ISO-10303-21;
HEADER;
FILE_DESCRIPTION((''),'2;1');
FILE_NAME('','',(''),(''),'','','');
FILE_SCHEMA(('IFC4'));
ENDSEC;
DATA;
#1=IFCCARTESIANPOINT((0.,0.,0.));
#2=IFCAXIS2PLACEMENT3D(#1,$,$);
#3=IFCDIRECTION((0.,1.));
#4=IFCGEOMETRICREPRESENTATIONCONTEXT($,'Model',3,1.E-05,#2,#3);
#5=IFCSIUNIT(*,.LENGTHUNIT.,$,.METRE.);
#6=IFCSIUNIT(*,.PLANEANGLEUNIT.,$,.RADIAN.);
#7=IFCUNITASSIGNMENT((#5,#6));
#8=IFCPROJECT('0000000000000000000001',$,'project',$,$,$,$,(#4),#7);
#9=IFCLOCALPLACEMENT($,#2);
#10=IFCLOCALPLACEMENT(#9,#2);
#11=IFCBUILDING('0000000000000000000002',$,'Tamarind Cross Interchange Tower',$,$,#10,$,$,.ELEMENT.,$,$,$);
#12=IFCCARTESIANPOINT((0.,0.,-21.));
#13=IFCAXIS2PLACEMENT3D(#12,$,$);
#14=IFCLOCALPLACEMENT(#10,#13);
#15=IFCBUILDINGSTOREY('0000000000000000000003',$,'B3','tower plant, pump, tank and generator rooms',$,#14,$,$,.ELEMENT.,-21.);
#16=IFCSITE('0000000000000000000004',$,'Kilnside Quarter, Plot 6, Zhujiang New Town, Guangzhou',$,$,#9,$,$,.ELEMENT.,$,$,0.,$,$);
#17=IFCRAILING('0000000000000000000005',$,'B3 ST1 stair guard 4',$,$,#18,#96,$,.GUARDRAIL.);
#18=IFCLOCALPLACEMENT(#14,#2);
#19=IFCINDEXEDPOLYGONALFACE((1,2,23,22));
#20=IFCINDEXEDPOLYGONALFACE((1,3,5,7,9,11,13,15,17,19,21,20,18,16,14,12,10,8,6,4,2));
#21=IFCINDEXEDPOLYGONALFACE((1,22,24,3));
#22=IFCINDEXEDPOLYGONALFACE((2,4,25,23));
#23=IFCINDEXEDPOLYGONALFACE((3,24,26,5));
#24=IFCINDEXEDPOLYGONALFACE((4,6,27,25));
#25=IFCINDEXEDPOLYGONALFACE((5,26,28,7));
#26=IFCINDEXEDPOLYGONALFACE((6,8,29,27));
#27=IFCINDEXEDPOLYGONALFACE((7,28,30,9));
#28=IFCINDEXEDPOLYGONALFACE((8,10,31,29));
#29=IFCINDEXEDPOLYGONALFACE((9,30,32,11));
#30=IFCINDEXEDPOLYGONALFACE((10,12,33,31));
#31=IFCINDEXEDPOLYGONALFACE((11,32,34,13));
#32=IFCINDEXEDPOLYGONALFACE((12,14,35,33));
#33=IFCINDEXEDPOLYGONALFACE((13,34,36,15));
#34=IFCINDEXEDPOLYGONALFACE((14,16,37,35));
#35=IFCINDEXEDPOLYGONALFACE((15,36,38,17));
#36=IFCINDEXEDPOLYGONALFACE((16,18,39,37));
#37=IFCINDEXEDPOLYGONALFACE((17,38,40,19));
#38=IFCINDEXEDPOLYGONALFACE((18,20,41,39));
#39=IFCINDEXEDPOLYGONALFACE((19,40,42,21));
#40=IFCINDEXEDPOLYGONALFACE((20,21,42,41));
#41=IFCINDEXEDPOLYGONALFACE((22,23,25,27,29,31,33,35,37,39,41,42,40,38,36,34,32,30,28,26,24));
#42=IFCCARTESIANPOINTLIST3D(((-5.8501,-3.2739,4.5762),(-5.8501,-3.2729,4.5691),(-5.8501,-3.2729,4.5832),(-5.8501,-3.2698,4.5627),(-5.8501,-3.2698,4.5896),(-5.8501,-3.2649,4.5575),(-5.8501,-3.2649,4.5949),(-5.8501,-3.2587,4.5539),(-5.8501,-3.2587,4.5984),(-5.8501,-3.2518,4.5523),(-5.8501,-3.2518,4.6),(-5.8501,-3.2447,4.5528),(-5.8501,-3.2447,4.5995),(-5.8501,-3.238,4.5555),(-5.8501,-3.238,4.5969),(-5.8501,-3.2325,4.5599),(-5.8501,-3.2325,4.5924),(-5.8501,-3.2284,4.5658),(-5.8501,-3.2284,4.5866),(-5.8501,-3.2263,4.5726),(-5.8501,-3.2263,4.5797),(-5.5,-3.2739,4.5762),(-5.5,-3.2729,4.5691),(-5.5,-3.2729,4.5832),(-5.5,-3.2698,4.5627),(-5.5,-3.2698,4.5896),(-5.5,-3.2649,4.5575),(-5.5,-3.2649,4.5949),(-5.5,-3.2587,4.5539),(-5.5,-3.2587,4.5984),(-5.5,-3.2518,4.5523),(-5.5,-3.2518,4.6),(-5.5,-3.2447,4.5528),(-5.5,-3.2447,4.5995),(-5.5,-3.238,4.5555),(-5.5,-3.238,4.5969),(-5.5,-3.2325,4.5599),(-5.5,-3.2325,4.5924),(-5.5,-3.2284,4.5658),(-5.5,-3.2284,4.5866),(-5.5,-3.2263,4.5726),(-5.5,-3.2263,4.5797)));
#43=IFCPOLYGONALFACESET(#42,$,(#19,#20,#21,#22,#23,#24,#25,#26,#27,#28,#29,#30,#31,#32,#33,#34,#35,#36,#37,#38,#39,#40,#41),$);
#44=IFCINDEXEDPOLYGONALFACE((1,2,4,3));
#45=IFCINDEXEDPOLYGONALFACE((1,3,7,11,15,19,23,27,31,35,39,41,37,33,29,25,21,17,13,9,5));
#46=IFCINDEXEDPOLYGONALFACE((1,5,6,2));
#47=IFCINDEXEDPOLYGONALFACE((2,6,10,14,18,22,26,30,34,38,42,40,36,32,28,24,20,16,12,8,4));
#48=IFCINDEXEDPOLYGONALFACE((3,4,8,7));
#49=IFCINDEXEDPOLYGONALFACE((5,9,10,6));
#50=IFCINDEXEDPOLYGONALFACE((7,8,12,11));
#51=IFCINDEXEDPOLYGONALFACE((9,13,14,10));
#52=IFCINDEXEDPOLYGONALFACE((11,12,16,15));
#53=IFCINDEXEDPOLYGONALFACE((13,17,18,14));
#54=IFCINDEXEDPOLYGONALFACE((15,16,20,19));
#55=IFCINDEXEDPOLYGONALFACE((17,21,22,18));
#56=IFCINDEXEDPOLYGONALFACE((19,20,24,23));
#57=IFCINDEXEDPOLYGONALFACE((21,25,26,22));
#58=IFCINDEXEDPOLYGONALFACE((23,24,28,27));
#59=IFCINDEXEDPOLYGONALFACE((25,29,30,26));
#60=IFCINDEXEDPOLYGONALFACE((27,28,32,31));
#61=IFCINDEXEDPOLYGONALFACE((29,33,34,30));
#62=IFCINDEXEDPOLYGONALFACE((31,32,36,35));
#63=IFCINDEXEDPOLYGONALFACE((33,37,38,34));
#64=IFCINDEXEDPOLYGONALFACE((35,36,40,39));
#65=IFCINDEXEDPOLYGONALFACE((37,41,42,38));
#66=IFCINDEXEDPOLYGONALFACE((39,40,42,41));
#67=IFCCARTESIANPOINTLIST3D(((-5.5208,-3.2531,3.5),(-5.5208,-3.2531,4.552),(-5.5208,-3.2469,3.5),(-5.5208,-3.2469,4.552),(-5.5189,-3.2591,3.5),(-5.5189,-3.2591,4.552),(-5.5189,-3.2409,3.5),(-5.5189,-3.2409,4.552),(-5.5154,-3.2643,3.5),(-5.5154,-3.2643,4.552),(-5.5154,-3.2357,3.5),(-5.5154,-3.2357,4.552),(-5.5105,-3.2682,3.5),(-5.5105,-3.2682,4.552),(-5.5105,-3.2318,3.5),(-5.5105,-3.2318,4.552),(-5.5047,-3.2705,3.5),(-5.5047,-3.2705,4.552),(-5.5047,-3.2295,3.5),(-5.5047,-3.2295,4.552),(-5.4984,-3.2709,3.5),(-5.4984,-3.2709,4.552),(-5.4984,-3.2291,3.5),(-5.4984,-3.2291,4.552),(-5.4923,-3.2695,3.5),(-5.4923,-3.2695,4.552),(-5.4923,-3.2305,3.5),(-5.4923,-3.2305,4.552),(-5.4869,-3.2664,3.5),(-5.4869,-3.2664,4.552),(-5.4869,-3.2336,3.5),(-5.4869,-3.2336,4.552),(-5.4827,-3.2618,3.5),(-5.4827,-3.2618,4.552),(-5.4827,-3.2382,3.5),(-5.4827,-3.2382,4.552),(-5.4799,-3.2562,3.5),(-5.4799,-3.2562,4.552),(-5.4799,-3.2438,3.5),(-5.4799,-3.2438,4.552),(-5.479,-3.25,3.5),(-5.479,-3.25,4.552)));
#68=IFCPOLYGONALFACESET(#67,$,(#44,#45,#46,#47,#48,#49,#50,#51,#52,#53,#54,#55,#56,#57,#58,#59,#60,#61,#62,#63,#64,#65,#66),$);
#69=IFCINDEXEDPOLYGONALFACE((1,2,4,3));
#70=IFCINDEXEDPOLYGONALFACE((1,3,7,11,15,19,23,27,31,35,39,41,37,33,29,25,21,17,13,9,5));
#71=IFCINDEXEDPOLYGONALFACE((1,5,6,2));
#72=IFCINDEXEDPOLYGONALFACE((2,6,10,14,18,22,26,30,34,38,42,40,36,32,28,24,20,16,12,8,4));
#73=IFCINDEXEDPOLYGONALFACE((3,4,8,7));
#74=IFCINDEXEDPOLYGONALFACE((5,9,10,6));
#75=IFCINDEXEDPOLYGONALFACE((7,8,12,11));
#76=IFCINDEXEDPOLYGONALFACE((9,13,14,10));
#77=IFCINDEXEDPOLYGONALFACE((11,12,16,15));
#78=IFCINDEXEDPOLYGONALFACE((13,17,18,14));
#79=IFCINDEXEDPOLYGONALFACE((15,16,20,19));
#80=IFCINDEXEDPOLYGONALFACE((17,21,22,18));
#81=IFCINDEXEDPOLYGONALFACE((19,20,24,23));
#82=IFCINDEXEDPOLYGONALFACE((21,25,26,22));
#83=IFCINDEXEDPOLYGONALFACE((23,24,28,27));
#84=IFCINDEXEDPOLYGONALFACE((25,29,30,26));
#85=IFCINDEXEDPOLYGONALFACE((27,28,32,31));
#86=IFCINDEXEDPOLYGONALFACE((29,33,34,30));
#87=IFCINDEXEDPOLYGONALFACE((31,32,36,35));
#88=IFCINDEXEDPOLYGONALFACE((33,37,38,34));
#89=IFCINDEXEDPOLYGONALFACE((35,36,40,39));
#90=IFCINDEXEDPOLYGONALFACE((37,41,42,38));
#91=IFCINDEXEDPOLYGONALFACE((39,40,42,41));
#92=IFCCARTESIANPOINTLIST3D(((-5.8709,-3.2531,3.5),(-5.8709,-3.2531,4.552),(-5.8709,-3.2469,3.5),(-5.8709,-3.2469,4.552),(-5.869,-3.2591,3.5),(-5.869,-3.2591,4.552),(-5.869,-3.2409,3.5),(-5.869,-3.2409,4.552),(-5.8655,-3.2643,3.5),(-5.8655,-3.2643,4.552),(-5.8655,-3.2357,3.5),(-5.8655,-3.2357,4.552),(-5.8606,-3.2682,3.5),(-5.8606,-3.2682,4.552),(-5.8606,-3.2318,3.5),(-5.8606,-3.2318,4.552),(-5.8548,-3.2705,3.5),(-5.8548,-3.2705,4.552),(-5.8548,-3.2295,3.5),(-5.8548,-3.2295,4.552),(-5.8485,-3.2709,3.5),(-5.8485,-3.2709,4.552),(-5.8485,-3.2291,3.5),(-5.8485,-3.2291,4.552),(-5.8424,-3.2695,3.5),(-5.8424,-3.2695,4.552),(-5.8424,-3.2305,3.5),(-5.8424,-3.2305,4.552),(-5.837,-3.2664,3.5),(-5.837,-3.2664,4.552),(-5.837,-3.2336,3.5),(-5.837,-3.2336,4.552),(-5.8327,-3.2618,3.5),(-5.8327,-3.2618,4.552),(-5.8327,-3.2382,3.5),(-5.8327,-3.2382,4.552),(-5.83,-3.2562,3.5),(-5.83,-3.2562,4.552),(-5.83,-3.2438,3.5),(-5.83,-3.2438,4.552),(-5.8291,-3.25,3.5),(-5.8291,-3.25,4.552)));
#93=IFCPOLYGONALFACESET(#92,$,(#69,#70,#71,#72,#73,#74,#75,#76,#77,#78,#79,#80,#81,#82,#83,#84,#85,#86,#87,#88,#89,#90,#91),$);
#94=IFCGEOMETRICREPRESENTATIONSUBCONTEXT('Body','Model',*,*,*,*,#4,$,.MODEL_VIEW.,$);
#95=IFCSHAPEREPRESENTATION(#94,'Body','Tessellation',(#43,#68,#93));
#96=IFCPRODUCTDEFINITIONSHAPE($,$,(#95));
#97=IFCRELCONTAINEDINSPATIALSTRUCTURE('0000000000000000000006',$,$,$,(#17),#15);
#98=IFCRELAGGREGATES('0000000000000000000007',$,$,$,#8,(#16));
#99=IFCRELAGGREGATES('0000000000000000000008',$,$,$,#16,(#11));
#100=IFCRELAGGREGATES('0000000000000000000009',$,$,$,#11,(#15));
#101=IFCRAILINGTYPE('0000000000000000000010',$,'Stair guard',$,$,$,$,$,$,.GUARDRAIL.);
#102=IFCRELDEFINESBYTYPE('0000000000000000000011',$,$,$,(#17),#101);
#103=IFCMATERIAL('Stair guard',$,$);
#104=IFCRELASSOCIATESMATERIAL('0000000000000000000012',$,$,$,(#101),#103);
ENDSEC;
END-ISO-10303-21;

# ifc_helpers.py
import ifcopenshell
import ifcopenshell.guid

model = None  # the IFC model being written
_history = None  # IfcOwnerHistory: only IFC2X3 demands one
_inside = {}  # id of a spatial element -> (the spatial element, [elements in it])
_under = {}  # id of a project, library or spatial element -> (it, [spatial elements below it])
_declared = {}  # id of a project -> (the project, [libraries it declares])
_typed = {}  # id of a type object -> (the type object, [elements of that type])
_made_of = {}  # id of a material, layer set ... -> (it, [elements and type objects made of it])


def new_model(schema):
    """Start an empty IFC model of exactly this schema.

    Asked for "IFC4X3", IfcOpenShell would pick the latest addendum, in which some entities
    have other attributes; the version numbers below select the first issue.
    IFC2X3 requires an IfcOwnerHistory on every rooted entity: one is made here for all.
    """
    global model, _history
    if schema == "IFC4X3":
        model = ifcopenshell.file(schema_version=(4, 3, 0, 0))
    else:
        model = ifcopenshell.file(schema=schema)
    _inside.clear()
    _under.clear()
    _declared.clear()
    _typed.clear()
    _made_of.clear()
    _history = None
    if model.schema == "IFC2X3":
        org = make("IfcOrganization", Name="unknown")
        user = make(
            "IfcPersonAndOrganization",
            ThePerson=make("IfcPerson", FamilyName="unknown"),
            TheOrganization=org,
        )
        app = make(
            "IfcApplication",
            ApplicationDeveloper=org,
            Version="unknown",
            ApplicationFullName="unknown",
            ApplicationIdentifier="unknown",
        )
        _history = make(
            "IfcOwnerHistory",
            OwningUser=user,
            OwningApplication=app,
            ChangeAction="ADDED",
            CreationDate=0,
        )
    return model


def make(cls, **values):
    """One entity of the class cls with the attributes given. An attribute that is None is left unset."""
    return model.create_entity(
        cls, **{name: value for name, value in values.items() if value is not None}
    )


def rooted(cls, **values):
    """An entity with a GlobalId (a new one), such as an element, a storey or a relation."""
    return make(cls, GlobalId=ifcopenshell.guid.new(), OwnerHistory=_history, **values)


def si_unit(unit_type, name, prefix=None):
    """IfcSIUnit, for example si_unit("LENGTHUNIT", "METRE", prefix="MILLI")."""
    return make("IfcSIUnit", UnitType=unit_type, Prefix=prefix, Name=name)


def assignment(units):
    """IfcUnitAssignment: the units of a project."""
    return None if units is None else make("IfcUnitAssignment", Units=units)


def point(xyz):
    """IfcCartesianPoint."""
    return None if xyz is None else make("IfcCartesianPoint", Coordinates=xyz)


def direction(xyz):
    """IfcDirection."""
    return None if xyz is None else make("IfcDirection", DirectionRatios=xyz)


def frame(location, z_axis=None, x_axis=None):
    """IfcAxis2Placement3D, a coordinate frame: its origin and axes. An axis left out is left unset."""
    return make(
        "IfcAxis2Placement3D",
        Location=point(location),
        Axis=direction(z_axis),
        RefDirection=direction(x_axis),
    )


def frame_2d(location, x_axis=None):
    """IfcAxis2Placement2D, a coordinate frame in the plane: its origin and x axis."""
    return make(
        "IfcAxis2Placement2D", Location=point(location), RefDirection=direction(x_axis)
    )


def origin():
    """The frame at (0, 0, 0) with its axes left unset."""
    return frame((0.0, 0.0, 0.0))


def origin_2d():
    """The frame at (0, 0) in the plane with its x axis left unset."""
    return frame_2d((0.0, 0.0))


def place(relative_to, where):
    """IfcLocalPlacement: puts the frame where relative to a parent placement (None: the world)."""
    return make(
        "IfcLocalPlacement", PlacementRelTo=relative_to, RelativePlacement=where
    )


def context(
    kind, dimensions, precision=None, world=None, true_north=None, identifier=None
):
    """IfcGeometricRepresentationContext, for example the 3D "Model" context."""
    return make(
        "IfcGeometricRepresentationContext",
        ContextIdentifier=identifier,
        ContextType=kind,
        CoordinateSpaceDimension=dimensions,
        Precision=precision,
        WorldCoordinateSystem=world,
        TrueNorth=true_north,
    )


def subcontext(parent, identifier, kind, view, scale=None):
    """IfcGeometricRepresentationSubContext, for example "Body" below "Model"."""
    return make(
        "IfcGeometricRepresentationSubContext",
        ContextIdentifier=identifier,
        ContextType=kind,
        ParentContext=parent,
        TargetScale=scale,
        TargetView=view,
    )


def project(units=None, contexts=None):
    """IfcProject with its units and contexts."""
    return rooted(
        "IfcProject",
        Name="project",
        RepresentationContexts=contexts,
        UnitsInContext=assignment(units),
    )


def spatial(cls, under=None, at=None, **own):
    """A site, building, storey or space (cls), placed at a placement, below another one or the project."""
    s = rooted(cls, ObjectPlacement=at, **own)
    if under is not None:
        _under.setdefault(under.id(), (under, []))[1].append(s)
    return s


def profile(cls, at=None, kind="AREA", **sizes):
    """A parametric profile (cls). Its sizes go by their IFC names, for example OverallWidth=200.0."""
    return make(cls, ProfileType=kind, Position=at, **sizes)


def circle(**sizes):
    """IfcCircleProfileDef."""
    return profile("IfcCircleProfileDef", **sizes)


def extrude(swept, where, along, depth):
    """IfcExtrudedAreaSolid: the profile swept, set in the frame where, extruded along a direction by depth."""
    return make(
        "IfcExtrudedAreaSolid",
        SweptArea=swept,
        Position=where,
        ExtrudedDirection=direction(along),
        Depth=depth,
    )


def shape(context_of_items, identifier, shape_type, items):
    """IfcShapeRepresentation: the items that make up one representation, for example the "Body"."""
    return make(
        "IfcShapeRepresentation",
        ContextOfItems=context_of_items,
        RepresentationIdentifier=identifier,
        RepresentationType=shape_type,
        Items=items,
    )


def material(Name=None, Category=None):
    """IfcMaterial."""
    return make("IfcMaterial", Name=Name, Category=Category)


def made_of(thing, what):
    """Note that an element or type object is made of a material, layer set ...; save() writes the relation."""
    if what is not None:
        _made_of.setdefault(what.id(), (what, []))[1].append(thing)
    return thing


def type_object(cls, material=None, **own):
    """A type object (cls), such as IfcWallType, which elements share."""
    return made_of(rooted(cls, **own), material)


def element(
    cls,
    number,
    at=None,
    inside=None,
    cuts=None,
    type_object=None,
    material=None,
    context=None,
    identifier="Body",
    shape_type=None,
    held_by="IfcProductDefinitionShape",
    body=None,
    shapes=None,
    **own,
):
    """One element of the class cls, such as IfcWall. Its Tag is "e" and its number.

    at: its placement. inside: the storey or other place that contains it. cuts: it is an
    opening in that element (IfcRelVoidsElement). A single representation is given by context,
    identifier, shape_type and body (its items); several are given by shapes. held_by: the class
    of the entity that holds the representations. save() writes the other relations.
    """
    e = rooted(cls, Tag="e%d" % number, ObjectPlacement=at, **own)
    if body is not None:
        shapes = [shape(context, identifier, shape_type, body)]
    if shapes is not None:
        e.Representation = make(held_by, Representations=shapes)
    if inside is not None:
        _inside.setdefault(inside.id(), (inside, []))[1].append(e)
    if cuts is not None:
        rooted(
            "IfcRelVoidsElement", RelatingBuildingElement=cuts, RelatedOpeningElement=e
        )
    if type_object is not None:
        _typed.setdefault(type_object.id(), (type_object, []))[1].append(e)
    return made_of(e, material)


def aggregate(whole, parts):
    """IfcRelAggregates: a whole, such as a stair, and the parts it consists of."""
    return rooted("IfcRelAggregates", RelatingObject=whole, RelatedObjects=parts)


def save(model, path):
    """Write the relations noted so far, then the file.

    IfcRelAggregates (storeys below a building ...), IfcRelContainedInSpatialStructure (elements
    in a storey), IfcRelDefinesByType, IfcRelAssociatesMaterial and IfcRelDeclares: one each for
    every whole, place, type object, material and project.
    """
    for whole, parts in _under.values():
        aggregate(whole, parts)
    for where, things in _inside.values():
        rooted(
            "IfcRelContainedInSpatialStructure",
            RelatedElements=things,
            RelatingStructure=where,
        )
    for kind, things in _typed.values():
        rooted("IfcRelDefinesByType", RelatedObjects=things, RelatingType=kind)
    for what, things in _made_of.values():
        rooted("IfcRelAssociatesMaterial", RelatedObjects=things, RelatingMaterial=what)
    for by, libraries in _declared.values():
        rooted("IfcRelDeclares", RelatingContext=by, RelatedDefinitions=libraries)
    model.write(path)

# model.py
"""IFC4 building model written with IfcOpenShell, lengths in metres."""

from ifc_helpers import new_model, si_unit, direction, frame, origin, origin_2d, place, context, subcontext, project, spatial, circle, extrude, material, type_object, element, save


model = new_model("IFC4")

# Units and contexts
model_context = context("Model", 3, precision=1e-05, world=origin(), true_north=direction((0.0, 1.0)))
body_context = subcontext(model_context, "Body", "Model", "MODEL_VIEW")
ifc_project = project(units=[si_unit("LENGTHUNIT", "METRE"), si_unit("PLANEANGLEUNIT", "RADIAN")], contexts=[model_context])

# Site, building, storey
site_placement = place(None, origin())
site = spatial("IfcSite", under=ifc_project, at=site_placement, Name="Kilnside Quarter, Plot 6, Zhujiang New Town, Guangzhou", CompositionType="ELEMENT", RefElevation=0.0)
building_placement = place(site_placement, origin())
building = spatial("IfcBuilding", under=site, at=building_placement, Name="Tamarind Cross Interchange Tower", CompositionType="ELEMENT")
storey_placement = place(building_placement, frame((0.0, 0.0, -21.0)))
storey = spatial("IfcBuildingStorey", under=building, at=storey_placement, Name="B3", Description="tower plant, pump, tank and generator rooms", CompositionType="ELEMENT", Elevation=-21.0)

# Railing
ifc_material_1 = material(Name="Stair guard")
railing_type_1 = type_object("IfcRailingType", Name="Stair guard", PredefinedType="GUARDRAIL", material=ifc_material_1)
railing_1_placement = place(storey_placement, frame((-5.5, -3.25, 3.5)))
element("IfcRailing", 1, at=railing_1_placement, inside=storey, type_object=railing_type_1, Name="B3 ST1 stair guard 4", PredefinedType="GUARDRAIL", context=body_context, shape_type="SweptSolid", body=[
    extrude(circle(Radius=0.0239, at=origin_2d()), frame((0.0, 0.0, 1.0762), z_axis=(-1.0, 0.0, 0.0), x_axis=(0.0, -1.0, 0.0)), (0.0, 0.0, 1.0), 0.3501),
    extrude(circle(Radius=0.021, at=origin_2d()), origin(), (0.0, 0.0, 1.0), 1.052),
    extrude(circle(Radius=0.021, at=origin_2d()), frame((-0.3501, 0.0, 0.0)), (0.0, 0.0, 1.0), 1.052),
])

save(model, "model.ifc")
